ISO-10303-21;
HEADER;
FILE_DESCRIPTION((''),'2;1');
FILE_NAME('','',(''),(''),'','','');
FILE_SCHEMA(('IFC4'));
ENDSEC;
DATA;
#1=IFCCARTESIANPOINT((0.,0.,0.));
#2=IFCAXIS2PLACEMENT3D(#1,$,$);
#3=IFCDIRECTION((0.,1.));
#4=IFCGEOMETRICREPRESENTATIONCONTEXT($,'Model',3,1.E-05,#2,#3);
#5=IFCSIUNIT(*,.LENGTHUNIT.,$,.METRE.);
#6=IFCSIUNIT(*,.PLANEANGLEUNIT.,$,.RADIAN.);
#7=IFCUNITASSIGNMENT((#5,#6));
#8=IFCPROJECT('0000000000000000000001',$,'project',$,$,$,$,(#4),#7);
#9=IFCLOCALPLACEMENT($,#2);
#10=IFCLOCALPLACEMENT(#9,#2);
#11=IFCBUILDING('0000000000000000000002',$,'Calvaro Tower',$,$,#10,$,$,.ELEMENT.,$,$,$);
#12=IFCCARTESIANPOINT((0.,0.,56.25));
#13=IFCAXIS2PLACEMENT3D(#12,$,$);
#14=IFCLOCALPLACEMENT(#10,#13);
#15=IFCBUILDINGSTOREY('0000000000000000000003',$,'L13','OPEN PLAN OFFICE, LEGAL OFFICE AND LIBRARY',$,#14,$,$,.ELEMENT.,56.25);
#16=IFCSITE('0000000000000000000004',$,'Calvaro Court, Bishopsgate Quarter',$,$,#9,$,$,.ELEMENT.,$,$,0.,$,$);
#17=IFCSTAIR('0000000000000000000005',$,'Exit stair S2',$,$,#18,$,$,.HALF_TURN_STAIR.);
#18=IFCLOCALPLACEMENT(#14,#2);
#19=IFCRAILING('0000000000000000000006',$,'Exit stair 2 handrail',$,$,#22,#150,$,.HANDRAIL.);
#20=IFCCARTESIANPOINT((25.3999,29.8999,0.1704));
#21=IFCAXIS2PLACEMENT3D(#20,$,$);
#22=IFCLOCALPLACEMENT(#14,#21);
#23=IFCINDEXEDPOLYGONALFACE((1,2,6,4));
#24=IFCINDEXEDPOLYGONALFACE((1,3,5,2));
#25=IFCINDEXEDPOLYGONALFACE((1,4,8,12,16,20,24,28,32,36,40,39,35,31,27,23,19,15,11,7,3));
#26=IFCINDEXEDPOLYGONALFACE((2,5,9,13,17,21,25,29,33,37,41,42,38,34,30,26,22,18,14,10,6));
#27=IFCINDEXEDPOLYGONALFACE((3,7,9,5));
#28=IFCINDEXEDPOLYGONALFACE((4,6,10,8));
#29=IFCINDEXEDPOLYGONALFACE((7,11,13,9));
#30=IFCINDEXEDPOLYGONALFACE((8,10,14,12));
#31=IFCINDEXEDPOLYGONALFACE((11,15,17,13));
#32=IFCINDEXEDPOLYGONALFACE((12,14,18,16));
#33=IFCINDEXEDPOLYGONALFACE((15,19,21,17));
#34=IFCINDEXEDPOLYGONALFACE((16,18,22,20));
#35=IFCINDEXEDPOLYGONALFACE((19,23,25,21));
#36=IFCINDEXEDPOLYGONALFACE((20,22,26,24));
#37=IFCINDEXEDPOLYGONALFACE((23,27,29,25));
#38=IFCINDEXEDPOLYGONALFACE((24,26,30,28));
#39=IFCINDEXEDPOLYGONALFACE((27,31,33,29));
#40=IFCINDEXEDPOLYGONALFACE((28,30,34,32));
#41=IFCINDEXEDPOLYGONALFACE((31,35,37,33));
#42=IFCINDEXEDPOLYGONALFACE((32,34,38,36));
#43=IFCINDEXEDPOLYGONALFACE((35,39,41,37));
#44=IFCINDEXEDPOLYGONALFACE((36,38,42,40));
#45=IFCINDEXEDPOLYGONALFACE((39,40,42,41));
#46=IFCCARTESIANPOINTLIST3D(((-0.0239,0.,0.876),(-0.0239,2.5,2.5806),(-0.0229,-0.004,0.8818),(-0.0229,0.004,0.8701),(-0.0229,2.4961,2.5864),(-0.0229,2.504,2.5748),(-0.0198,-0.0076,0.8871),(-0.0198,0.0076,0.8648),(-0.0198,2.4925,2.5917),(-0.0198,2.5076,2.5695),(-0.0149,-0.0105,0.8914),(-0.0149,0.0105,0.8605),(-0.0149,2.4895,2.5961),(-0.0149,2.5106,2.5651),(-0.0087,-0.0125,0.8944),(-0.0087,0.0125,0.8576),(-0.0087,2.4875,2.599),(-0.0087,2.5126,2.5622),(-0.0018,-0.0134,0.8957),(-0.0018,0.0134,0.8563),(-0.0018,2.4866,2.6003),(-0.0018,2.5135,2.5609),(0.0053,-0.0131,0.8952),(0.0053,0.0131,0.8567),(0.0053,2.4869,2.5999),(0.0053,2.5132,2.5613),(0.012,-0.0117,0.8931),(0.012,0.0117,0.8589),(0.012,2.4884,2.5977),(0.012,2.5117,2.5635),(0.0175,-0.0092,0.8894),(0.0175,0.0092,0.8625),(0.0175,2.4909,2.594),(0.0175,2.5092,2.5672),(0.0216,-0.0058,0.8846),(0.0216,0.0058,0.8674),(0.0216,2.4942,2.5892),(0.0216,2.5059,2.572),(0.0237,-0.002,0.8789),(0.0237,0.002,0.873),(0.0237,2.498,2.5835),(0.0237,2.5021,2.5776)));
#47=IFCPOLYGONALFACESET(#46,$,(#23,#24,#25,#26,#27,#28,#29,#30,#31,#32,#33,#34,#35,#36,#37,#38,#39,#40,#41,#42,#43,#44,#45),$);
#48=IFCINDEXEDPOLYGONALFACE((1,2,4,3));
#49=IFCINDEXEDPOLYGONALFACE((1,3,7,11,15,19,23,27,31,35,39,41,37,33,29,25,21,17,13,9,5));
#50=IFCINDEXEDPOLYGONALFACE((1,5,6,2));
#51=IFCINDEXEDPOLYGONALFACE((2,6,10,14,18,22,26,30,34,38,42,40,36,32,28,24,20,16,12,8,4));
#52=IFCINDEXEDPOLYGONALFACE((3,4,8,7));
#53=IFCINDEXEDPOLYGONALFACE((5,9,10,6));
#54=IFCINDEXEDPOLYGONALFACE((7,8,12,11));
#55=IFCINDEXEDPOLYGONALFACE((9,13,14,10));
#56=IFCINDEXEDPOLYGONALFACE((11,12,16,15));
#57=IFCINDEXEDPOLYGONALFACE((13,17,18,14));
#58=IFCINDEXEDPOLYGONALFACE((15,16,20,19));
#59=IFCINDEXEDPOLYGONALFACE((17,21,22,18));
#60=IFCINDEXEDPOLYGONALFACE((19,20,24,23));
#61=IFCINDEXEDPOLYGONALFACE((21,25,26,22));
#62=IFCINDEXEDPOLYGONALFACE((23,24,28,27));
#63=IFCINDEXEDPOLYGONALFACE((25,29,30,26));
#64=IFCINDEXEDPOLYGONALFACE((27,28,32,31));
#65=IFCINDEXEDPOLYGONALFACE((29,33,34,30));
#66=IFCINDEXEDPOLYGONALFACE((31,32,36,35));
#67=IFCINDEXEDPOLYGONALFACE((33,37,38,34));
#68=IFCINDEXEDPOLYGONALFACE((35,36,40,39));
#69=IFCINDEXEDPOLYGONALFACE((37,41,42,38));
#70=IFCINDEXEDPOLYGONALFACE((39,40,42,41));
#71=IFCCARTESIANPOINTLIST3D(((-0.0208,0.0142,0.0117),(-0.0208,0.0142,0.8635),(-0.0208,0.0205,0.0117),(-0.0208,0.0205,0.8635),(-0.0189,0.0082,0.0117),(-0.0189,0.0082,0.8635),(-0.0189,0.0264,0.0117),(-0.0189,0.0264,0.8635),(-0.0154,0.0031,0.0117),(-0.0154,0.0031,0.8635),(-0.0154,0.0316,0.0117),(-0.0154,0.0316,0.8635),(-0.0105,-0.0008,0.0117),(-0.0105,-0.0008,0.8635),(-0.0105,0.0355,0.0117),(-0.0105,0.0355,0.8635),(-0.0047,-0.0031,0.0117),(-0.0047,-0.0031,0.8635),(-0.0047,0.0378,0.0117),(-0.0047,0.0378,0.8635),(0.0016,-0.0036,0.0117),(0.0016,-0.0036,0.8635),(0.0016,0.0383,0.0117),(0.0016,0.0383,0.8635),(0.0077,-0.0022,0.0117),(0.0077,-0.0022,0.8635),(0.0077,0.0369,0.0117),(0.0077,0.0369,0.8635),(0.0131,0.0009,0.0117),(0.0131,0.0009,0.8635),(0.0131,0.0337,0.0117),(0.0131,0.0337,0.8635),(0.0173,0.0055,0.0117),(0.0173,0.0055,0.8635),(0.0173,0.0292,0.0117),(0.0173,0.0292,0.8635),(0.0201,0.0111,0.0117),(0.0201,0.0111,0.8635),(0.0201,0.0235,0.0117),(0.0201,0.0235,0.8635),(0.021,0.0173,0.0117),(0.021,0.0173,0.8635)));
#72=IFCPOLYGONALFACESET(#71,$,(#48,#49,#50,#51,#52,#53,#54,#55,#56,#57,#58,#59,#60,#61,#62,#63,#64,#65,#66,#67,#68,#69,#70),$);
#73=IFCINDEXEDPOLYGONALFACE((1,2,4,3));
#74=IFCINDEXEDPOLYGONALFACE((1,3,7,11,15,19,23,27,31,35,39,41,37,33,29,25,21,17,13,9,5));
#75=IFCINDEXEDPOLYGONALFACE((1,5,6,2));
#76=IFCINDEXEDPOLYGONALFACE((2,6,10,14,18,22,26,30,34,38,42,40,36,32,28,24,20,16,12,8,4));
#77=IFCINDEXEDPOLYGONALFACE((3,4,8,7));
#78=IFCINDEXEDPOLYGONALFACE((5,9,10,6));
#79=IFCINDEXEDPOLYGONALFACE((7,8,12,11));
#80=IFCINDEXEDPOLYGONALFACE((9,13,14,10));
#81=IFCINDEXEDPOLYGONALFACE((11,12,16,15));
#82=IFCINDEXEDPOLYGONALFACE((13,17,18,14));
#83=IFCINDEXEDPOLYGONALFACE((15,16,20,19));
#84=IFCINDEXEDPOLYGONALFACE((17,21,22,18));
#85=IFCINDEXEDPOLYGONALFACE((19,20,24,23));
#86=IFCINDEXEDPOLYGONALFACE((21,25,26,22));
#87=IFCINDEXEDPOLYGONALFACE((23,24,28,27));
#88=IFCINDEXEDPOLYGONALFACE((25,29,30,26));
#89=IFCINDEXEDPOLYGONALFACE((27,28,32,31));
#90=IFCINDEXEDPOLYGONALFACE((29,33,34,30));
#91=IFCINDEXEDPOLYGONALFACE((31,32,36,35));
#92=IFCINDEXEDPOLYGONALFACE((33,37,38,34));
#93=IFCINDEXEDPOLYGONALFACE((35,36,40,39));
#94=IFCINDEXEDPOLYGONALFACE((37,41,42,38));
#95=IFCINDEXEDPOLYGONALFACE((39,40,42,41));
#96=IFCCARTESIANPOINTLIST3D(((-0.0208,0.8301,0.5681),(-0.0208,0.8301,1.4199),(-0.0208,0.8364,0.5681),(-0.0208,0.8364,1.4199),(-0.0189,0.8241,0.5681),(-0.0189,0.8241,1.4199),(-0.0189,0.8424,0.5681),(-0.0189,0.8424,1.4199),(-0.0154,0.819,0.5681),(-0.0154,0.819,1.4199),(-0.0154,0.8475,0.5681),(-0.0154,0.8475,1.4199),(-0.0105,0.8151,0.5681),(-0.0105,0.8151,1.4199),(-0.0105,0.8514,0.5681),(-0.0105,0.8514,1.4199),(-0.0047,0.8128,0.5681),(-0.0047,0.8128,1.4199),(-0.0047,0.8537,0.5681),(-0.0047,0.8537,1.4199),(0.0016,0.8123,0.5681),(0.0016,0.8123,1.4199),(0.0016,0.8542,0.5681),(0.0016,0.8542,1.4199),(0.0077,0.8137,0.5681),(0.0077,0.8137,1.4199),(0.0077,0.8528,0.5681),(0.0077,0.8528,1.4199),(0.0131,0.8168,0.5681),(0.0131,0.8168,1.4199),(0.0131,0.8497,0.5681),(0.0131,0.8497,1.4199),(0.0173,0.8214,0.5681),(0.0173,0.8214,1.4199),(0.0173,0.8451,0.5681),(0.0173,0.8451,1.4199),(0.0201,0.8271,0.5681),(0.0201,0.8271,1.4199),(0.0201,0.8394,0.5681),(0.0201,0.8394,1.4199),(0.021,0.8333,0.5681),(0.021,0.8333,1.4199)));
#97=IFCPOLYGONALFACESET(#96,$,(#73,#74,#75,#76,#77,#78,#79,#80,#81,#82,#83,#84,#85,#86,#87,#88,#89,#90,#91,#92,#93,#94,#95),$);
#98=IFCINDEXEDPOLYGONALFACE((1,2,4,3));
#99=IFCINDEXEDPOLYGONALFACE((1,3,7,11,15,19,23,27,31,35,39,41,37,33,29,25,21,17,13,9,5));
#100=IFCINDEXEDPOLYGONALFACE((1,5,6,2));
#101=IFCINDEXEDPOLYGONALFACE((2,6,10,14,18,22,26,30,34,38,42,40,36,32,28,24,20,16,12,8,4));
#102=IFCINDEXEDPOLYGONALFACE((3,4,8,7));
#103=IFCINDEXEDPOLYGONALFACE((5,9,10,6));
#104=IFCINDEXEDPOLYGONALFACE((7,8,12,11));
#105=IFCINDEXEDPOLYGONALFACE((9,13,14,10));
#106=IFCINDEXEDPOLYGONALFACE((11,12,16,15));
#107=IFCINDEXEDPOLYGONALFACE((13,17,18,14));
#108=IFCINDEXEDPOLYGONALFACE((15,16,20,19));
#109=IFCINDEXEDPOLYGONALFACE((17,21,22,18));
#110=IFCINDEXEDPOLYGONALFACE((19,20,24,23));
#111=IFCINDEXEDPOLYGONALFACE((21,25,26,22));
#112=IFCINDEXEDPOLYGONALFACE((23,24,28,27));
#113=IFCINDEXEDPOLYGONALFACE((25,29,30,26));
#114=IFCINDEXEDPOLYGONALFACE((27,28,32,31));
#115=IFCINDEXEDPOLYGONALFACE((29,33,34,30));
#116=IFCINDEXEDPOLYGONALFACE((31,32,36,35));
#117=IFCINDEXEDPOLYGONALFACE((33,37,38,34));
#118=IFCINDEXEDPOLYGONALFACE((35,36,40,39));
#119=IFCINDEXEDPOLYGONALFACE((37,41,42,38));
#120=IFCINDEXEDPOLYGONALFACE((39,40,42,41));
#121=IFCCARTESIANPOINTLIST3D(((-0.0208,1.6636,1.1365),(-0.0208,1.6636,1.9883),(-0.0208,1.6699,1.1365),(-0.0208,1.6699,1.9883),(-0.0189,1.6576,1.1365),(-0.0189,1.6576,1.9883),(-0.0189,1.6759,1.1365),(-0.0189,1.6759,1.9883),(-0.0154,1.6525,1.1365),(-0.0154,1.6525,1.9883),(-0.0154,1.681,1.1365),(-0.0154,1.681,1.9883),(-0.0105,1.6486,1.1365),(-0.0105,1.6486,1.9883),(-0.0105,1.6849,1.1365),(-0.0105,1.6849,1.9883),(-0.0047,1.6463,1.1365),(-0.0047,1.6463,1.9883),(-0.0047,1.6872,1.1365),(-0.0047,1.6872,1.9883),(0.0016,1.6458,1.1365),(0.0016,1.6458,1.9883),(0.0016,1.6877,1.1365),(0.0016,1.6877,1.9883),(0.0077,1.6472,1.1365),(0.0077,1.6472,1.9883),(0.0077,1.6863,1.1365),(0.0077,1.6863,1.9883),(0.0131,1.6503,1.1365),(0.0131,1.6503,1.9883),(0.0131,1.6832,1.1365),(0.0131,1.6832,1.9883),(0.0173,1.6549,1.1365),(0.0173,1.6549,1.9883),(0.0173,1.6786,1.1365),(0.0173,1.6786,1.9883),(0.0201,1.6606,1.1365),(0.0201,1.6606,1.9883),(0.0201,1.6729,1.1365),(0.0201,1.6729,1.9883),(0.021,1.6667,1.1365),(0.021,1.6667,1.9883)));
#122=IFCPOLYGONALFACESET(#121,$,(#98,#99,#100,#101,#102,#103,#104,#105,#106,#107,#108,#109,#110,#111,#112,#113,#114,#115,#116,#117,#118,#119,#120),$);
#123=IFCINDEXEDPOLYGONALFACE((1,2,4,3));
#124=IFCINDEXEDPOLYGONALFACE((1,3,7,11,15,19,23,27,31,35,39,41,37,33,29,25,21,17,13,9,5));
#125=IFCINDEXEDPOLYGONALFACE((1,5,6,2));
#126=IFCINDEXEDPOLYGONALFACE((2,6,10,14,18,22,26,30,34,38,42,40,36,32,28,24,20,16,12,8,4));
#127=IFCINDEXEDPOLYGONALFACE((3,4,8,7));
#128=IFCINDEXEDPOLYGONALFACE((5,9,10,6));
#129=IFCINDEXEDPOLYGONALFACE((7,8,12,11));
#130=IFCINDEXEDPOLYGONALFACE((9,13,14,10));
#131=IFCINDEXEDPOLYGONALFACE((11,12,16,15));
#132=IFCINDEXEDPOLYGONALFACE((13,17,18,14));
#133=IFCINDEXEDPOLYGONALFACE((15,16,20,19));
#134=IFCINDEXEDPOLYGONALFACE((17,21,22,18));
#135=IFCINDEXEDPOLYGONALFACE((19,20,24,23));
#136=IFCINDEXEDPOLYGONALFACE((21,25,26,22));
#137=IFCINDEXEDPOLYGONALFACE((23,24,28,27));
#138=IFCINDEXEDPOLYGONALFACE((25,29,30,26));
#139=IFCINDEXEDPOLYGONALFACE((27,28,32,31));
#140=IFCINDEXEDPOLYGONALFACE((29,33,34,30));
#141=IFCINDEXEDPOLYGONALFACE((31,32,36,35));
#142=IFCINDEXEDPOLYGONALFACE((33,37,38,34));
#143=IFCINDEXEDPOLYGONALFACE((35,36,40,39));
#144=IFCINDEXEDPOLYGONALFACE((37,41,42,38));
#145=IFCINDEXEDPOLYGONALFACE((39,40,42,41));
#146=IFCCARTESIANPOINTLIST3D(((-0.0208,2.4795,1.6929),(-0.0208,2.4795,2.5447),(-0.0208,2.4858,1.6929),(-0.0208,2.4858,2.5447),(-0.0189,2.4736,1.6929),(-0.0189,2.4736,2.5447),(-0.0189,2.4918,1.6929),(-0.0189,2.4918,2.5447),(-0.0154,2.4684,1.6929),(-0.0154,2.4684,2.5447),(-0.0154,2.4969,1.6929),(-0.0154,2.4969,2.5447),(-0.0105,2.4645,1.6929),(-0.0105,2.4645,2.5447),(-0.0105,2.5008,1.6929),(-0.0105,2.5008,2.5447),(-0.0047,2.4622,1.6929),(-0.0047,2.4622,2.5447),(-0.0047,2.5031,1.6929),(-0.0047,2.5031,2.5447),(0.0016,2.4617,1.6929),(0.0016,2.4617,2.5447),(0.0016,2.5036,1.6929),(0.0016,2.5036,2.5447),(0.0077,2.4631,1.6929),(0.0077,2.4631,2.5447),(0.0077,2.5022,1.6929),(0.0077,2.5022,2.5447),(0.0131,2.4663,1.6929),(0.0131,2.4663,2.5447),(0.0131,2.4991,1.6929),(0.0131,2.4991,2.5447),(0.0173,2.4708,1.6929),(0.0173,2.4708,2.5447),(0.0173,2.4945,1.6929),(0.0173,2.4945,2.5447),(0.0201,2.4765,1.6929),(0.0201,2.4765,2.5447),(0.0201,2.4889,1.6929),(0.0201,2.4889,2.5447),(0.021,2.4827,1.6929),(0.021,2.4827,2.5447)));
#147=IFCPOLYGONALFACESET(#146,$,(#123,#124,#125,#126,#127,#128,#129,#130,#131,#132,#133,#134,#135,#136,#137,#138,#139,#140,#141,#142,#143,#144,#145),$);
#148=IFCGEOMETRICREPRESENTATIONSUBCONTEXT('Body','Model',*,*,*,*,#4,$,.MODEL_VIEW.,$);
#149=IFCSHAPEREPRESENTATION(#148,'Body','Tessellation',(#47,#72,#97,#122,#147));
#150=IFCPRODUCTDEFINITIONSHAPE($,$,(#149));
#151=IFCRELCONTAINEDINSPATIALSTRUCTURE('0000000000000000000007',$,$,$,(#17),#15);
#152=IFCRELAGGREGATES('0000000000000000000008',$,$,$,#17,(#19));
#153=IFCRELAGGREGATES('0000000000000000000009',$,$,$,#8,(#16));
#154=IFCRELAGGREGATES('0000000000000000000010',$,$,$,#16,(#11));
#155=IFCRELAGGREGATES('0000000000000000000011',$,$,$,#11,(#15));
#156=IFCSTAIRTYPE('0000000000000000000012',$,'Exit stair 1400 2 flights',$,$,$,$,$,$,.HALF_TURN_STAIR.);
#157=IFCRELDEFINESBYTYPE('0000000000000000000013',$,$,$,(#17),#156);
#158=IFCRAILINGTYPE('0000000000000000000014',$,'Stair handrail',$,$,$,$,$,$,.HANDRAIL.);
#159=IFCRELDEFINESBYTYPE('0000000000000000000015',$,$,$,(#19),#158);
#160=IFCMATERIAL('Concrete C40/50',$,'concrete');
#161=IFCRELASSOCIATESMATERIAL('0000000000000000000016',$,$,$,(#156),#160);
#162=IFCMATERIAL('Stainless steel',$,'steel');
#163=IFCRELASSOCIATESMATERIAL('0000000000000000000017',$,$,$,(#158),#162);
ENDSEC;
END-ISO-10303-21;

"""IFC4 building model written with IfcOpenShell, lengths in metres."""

from ifc_helpers import new_model, si_unit, direction, frame, origin, origin_2d, place, context, subcontext, project, spatial, circle, extrude, material, type_object, element, aggregate, save


model = new_model("IFC4")

# Units and contexts
model_context = context("Model", 3, precision=1e-05, world=origin(), true_north=direction((0.0, 1.0)))
body_context = subcontext(model_context, "Body", "Model", "MODEL_VIEW")
ifc_project = project(units=[si_unit("LENGTHUNIT", "METRE"), si_unit("PLANEANGLEUNIT", "RADIAN")], contexts=[model_context])

# Site, building, storey
site_placement = place(None, origin())
site = spatial("IfcSite", under=ifc_project, at=site_placement, Name="Calvaro Court, Bishopsgate Quarter", CompositionType="ELEMENT", RefElevation=0.0)
building_placement = place(site_placement, origin())
building = spatial("IfcBuilding", under=site, at=building_placement, Name="Calvaro Tower", CompositionType="ELEMENT")
storey_placement = place(building_placement, frame((0.0, 0.0, 56.25)))
storey = spatial("IfcBuildingStorey", under=building, at=storey_placement, Name="L13", Description="OPEN PLAN OFFICE, LEGAL OFFICE AND LIBRARY", CompositionType="ELEMENT", Elevation=56.25)

# Stair, railing
ifc_material_1 = material(Name="Concrete C40/50", Category="concrete")
stair_type = type_object("IfcStairType", Name="Exit stair 1400 2 flights", PredefinedType="HALF_TURN_STAIR", material=ifc_material_1)
stair_placement = place(storey_placement, origin())
stair = element("IfcStair", 1, at=stair_placement, inside=storey, type_object=stair_type, Name="Exit stair S2", PredefinedType="HALF_TURN_STAIR")
ifc_material_2 = material(Name="Stainless steel", Category="steel")
railing_type = type_object("IfcRailingType", Name="Stair handrail", PredefinedType="HANDRAIL", material=ifc_material_2)
railing_1_placement = place(storey_placement, frame((25.3999, 29.8999, 0.1704)))
railing_1 = element("IfcRailing", 2, at=railing_1_placement, type_object=railing_type, Name="Exit stair 2 handrail", PredefinedType="HANDRAIL", context=body_context, shape_type="SweptSolid", body=[
    extrude(circle(Radius=0.0239, at=origin_2d()), frame((0.0, 0.0, 0.876), z_axis=(0.0, 0.826221, 0.563347), x_axis=(-1.0, 0.0, 0.0)), (0.0, 0.0, 1.0), 3.0259),
    extrude(circle(Radius=0.021, at=origin_2d()), frame((0.0, 0.0173, 0.0117)), (0.0, 0.0, 1.0), 0.8518),
    extrude(circle(Radius=0.021, at=origin_2d()), frame((0.0, 0.8333, 0.5681)), (0.0, 0.0, 1.0), 0.8518),
    extrude(circle(Radius=0.021, at=origin_2d()), frame((0.0, 1.6667, 1.1365)), (0.0, 0.0, 1.0), 0.8518),
    extrude(circle(Radius=0.021, at=origin_2d()), frame((0.0, 2.4827, 1.6929)), (0.0, 0.0, 1.0), 0.8518),
])
aggregate(stair, [railing_1])

save(model, "model.ifc")
